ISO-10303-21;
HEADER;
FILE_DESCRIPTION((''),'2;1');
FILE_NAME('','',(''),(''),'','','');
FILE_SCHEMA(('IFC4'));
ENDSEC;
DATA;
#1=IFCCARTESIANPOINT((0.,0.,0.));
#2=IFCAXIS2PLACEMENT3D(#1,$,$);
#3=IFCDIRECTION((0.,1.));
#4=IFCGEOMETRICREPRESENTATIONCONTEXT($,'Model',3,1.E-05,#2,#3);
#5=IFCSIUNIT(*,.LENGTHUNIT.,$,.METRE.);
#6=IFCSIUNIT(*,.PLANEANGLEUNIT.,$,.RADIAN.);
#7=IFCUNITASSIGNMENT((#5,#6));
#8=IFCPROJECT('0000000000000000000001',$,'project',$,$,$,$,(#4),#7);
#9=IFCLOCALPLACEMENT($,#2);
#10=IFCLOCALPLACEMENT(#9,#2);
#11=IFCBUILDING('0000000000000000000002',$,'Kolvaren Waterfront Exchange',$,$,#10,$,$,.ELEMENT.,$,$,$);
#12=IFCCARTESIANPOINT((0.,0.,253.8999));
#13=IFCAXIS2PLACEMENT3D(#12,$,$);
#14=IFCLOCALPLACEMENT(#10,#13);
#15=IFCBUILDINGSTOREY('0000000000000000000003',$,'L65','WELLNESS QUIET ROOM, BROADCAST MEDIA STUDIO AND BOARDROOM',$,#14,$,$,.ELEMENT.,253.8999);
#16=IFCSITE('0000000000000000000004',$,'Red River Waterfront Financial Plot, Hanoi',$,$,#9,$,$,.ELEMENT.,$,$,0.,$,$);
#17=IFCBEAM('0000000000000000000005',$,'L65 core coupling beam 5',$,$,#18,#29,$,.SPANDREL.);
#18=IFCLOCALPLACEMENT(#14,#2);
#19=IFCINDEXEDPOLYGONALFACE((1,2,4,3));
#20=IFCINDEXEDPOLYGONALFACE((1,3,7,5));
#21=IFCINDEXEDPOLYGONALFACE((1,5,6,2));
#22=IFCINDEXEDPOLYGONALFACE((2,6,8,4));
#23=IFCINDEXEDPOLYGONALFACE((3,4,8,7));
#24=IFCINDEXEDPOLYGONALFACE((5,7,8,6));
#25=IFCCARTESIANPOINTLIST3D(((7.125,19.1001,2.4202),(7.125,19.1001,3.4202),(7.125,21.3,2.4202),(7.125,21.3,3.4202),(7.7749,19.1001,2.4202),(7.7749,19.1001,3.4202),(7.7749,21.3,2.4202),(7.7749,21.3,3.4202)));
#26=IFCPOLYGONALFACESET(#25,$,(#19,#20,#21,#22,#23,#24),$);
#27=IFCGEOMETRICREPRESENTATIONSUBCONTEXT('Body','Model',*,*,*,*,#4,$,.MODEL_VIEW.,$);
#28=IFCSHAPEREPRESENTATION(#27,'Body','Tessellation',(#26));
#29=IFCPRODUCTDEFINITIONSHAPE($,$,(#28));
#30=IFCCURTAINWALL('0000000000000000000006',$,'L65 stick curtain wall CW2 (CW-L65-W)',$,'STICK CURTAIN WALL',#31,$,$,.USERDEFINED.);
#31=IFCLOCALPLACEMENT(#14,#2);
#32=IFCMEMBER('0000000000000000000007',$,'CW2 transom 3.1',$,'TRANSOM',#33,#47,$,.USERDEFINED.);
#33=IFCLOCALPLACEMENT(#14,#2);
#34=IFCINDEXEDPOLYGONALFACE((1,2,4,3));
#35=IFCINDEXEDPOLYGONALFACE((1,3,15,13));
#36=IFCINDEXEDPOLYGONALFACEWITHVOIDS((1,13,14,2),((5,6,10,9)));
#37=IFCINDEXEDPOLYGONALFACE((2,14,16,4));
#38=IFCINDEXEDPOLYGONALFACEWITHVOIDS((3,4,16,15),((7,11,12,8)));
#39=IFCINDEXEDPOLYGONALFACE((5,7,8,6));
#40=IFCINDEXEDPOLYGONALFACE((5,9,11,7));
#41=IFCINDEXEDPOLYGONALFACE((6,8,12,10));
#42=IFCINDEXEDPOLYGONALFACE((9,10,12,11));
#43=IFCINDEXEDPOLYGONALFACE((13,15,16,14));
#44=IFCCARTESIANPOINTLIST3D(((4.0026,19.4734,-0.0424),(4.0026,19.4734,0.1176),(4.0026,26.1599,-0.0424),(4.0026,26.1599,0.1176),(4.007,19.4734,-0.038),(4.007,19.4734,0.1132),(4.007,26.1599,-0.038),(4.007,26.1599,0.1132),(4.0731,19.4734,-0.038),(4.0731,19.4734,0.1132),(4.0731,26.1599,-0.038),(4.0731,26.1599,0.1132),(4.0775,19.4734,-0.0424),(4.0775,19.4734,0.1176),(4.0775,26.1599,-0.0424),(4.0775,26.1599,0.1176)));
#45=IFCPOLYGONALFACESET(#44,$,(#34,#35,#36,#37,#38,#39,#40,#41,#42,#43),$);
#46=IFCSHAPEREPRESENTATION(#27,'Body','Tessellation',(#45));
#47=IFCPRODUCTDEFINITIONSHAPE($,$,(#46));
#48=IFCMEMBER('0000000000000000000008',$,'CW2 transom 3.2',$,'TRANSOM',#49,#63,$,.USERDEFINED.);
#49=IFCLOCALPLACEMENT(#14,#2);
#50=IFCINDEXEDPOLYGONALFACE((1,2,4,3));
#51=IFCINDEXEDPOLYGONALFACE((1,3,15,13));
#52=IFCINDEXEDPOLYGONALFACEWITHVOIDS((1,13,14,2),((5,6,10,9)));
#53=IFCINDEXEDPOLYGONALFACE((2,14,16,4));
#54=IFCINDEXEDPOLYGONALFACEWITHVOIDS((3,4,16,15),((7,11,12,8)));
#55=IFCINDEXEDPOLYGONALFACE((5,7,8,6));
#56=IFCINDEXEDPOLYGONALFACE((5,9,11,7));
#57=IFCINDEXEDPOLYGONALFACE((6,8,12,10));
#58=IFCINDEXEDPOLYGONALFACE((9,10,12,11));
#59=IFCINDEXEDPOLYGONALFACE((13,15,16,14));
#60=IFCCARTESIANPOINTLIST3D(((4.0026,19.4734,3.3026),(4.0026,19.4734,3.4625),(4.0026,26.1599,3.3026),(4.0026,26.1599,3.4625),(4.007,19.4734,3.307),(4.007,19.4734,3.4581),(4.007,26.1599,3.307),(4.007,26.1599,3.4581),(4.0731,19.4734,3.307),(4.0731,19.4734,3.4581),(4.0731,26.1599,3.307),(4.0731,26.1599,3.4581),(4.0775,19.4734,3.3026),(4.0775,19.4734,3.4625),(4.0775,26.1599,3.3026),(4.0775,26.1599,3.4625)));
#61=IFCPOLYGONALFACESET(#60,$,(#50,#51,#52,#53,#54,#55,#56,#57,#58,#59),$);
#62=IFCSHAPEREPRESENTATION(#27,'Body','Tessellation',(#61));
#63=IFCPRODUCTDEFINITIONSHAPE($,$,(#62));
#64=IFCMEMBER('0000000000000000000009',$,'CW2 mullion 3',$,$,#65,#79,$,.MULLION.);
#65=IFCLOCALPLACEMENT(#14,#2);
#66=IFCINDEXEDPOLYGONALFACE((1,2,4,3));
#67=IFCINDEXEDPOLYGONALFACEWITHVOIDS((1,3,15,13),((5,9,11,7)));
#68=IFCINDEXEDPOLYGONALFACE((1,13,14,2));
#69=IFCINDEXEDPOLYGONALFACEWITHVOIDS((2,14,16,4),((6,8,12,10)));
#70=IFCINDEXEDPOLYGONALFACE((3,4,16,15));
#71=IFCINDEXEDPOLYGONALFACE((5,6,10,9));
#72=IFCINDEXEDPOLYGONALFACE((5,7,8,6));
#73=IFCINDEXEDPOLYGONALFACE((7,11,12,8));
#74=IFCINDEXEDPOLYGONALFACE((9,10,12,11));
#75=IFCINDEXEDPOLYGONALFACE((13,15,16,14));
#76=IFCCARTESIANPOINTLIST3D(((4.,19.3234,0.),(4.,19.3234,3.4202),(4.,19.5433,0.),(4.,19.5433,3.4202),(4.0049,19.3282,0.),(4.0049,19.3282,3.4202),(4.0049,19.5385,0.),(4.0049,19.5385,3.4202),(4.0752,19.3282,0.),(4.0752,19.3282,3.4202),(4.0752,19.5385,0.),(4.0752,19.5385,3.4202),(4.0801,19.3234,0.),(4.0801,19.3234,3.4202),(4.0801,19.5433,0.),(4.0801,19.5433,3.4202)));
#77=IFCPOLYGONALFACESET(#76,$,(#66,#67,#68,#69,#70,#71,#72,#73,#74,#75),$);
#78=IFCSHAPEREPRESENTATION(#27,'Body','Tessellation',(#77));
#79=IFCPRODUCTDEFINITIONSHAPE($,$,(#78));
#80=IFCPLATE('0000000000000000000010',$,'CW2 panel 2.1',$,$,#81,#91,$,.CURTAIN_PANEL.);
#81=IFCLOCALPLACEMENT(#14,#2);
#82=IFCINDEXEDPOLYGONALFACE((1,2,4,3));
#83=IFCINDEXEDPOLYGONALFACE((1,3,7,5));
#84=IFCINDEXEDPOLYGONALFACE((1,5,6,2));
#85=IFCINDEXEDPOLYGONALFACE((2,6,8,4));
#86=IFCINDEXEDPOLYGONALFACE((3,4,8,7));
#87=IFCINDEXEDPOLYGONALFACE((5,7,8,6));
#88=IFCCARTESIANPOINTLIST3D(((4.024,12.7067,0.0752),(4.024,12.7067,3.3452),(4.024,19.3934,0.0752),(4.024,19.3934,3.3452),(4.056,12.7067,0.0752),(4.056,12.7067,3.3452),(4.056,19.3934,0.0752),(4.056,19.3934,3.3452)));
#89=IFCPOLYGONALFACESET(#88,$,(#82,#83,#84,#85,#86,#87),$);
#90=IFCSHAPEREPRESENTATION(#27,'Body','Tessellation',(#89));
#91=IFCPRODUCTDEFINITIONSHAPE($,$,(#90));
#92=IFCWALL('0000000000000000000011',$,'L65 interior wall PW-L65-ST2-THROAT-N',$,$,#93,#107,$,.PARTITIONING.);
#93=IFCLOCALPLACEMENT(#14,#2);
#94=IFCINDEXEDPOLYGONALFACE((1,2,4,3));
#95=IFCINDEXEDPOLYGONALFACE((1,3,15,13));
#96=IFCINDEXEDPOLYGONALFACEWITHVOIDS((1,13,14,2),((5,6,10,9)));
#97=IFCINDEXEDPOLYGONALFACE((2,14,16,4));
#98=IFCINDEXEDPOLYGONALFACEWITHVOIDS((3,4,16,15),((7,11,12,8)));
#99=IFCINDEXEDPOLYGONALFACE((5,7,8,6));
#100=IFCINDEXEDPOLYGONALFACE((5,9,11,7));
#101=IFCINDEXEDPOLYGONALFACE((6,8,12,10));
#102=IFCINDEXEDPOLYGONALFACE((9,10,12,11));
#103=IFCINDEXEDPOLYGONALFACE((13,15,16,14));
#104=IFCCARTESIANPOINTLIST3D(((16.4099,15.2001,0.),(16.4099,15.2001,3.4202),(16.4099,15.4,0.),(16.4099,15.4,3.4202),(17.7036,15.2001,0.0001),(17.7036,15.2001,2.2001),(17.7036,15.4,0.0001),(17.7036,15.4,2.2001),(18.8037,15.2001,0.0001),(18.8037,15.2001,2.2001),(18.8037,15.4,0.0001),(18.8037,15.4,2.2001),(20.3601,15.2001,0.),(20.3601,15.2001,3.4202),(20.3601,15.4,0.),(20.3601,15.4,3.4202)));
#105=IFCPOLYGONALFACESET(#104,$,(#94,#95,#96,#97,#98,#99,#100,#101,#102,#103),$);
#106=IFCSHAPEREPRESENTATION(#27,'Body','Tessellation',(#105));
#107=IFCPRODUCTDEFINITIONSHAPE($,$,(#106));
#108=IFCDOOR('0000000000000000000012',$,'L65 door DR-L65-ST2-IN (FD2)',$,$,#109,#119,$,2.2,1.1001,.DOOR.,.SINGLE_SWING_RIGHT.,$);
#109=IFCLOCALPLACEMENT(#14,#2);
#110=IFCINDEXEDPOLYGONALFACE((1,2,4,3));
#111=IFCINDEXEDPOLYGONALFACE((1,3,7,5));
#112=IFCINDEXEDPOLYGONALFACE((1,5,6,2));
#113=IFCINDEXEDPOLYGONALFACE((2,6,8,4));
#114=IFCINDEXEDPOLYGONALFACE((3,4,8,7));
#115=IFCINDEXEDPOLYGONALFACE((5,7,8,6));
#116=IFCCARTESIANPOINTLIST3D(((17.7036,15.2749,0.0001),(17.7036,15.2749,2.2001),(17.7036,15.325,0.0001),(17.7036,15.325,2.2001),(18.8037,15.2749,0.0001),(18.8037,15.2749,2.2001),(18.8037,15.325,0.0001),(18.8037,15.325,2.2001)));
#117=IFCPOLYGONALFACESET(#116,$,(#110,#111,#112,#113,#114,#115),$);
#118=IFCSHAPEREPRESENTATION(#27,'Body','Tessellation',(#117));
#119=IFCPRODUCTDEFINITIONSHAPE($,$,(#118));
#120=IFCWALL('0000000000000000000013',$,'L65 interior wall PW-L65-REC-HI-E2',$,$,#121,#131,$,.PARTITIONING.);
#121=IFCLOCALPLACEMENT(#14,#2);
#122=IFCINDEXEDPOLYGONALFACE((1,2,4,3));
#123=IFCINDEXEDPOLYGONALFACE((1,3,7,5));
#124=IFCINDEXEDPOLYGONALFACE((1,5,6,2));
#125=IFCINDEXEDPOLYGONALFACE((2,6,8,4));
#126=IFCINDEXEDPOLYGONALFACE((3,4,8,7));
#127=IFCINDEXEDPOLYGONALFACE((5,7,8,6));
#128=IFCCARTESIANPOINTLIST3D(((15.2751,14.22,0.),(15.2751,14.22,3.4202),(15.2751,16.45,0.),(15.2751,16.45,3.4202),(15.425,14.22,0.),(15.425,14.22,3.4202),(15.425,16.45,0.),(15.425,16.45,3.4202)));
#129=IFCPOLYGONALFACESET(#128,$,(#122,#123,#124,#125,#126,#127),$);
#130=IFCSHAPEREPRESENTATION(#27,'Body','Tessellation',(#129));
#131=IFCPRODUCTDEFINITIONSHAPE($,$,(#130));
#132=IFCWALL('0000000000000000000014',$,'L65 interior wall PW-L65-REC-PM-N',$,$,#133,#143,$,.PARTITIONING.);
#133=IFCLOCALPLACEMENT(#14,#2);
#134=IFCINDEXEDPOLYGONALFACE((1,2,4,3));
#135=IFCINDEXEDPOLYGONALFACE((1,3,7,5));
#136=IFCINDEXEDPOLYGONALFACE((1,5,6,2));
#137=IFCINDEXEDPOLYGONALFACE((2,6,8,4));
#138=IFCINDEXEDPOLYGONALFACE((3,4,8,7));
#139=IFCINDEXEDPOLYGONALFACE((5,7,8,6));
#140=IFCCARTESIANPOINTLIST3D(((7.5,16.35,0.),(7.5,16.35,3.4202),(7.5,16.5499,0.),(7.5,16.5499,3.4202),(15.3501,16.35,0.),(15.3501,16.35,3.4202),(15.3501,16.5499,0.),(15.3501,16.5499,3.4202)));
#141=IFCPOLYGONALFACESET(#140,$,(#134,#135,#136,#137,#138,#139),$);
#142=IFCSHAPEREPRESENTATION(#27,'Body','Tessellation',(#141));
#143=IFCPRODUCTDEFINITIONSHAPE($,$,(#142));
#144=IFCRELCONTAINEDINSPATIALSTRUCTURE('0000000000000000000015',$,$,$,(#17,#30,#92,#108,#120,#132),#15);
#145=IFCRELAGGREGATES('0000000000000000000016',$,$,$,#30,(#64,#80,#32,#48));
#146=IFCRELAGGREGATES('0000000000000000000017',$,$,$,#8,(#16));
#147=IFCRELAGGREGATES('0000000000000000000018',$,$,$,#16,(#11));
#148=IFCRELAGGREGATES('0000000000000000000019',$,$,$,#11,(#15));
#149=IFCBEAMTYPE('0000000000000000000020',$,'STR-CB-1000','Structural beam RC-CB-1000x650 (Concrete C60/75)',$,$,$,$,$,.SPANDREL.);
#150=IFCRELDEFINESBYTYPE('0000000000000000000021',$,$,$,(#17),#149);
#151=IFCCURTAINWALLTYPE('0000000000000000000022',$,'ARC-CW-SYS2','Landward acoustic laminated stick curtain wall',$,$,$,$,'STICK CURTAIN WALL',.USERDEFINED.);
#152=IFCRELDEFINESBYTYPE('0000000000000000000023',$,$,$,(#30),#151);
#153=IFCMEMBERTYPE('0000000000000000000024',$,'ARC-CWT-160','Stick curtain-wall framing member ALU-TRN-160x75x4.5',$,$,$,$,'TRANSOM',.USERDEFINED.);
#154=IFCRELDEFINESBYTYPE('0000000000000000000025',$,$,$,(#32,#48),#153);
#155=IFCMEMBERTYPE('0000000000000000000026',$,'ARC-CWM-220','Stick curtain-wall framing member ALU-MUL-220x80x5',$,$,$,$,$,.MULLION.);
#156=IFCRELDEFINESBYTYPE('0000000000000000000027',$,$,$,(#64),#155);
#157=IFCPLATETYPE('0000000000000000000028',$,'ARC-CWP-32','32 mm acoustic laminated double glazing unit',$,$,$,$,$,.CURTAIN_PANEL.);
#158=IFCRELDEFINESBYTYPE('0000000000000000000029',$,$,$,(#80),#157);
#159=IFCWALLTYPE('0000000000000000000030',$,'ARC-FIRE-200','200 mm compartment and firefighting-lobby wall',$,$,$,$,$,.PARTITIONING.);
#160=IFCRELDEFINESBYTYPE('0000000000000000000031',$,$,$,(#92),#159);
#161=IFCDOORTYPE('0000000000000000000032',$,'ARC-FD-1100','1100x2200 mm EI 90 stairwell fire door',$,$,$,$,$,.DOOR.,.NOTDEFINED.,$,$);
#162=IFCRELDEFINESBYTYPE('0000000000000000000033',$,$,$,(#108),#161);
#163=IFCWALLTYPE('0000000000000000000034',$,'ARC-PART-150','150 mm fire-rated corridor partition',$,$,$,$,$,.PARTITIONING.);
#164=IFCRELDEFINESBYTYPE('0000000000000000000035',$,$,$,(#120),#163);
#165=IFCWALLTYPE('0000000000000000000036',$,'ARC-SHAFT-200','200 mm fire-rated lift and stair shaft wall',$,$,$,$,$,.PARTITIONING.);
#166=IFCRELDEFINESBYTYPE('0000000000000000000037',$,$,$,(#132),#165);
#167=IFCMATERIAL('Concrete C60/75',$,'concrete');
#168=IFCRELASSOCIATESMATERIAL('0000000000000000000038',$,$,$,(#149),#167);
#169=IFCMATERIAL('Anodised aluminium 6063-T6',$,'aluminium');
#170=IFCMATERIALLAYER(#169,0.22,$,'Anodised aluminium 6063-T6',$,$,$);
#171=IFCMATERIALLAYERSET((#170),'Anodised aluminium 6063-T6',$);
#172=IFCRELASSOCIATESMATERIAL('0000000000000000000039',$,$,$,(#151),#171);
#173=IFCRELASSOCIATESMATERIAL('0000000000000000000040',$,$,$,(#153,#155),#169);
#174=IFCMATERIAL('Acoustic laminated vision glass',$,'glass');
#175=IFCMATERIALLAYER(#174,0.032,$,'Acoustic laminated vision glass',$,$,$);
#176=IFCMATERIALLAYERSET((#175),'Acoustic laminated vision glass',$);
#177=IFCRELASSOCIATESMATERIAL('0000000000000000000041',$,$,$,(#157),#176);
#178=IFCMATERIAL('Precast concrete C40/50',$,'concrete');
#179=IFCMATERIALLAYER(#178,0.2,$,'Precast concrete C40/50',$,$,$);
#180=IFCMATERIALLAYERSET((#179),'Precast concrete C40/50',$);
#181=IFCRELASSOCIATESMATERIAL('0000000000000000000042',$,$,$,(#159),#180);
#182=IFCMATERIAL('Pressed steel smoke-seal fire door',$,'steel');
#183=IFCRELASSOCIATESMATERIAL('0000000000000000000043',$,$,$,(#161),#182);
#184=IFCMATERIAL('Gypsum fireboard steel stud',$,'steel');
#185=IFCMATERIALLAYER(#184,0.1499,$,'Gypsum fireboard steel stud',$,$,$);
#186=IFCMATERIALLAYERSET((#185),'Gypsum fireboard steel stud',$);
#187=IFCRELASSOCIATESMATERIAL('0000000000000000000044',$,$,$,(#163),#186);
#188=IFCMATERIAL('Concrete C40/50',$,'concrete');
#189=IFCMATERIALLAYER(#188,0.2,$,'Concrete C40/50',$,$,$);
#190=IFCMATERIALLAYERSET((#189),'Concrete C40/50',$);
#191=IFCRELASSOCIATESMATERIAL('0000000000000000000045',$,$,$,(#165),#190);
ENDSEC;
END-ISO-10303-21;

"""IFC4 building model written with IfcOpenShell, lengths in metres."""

from ifc_helpers import new_model, si_unit, direction, frame, frame_2d, origin, origin_with_axes, origin_2d, place, context, subcontext, project, spatial, rectangle, hollow_rectangle, extrude, source, transform, mapped, material, layer, layer_set, material_profile, profile_set, type_object, element, fill, aggregate, save


model = new_model("IFC4")

# Units and contexts
model_context = context("Model", 3, precision=1e-05, world=origin(), true_north=direction((0.0, 1.0)))
body_context = subcontext(model_context, "Body", "Model", "MODEL_VIEW")
ifc_project = project(units=[si_unit("LENGTHUNIT", "METRE"), si_unit("PLANEANGLEUNIT", "RADIAN")], contexts=[model_context])

# Site, building, storey
site_placement = place(None, origin())
site = spatial("IfcSite", under=ifc_project, at=site_placement, Name="Red River Waterfront Financial Plot, Hanoi", CompositionType="ELEMENT", RefElevation=0.0)
building_placement = place(site_placement, origin())
building = spatial("IfcBuilding", under=site, at=building_placement, Name="Kolvaren Waterfront Exchange", CompositionType="ELEMENT")
storey_placement = place(building_placement, frame((0.0, 0.0, 253.8999)))
storey = spatial("IfcBuildingStorey", under=building, at=storey_placement, Name="L65", Description="WELLNESS QUIET ROOM, BROADCAST MEDIA STUDIO AND BOARDROOM", CompositionType="ELEMENT", Elevation=253.8999)

# Beam
ifc_material_1 = material(Name="Concrete C60/75", Category="concrete")
ifc_material_profile_1 = material_profile(ifc_material_1, rectangle(XDim=0.6499, YDim=1.0, at=origin_2d()), Name="RC-CB-1000x650")
ifc_profile_set_1 = profile_set([ifc_material_profile_1], Name="Concrete C60/75")
beam_type = type_object("IfcBeamType", Name="STR-CB-1000", Description="Structural beam RC-CB-1000x650 (Concrete C60/75)", PredefinedType="SPANDREL", material=ifc_profile_set_1)
beam_placement = place(storey_placement, frame((7.45, 19.1001, 2.9202), z_axis=(0.0, 1.0, 0.0), x_axis=(-1.0, 0.0, 0.0)))
element("IfcBeam", 1, at=beam_placement, inside=storey, type_object=beam_type, Name="L65 core coupling beam 5", PredefinedType="SPANDREL", context=body_context, shape_type="SweptSolid", body=[
    extrude(rectangle(XDim=0.6499, YDim=1.0, at=origin_2d()), origin(), (0.0, 0.0, 1.0), 2.2),
])

# Curtain wall, members, plate
ifc_material_2 = material(Name="Anodised aluminium 6063-T6", Category="aluminium")
ifc_layer_1 = layer(ifc_material_2, 0.22, Name="Anodised aluminium 6063-T6")
ifc_layer_set_1 = layer_set([ifc_layer_1], Name="Anodised aluminium 6063-T6")
curtain_wall_type = type_object("IfcCurtainWallType", Name="ARC-CW-SYS2", Description="Landward acoustic laminated stick curtain wall", ElementType="STICK CURTAIN WALL", PredefinedType="USERDEFINED", material=ifc_layer_set_1)
curtain_wall_placement = place(storey_placement, origin())
curtain_wall = element("IfcCurtainWall", 2, at=curtain_wall_placement, inside=storey, type_object=curtain_wall_type, Name="L65 stick curtain wall CW2 (CW-L65-W)", ObjectType="STICK CURTAIN WALL", PredefinedType="USERDEFINED")
ifc_material_profile_2 = material_profile(ifc_material_2, hollow_rectangle(XDim=0.075, YDim=0.1599, WallThickness=0.0044, at=origin_2d()), Name="ALU-TRN-160x75x4.5")
ifc_profile_set_2 = profile_set([ifc_material_profile_2], Name="Anodised aluminium 6063-T6")
member_type_1 = type_object("IfcMemberType", Name="ARC-CWT-160", Description="Stick curtain-wall framing member ALU-TRN-160x75x4.5", ElementType="TRANSOM", PredefinedType="USERDEFINED", material=ifc_profile_set_2)
shared_shape_1 = source(origin_with_axes(), body_context, "Body", "SweptSolid", [
    extrude(hollow_rectangle(XDim=0.075, YDim=0.1599, WallThickness=0.0044, at=origin_2d()), origin(), (0.0, 0.0, 1.0), 6.6865),
])
member_1_placement = place(storey_placement, frame((4.04, 19.4734, 0.0376), z_axis=(0.0, 1.0, 0.0), x_axis=(-1.0, 0.0, 0.0)))
member_1 = element("IfcMember", 3, at=member_1_placement, type_object=member_type_1, Name="CW2 transom 3.1", ObjectType="TRANSOM", PredefinedType="USERDEFINED", context=body_context, shape_type="MappedRepresentation", body=[
    mapped(shared_shape_1, transform((0.0, 0.0, 0.0), x_axis=(1.0, 0.0, 0.0), y_axis=(0.0, 1.0, 0.0), z_axis=(0.0, 0.0, 1.0), scale=1.0)),
])
member_2_placement = place(storey_placement, frame((4.04, 19.4734, 3.3826), z_axis=(0.0, 1.0, 0.0), x_axis=(-1.0, 0.0, 0.0)))
member_2 = element("IfcMember", 4, at=member_2_placement, type_object=member_type_1, Name="CW2 transom 3.2", ObjectType="TRANSOM", PredefinedType="USERDEFINED", context=body_context, shape_type="MappedRepresentation", body=[
    mapped(shared_shape_1, transform((0.0, 0.0, 0.0), x_axis=(1.0, 0.0, 0.0), y_axis=(0.0, 1.0, 0.0), z_axis=(0.0, 0.0, 1.0), scale=1.0)),
])
ifc_material_profile_3 = material_profile(ifc_material_2, hollow_rectangle(XDim=0.0801, YDim=0.22, WallThickness=0.0049, at=origin_2d()), Name="ALU-MUL-220x80x5")
ifc_profile_set_3 = profile_set([ifc_material_profile_3], Name="Anodised aluminium 6063-T6")
member_type_2 = type_object("IfcMemberType", Name="ARC-CWM-220", Description="Stick curtain-wall framing member ALU-MUL-220x80x5", PredefinedType="MULLION", material=ifc_profile_set_3)
shared_shape_2 = source(origin_with_axes(), body_context, "Body", "SweptSolid", [
    extrude(hollow_rectangle(XDim=0.0801, YDim=0.22, WallThickness=0.0049, at=origin_2d()), origin(), (0.0, 0.0, 1.0), 3.4202),
])
member_3_placement = place(storey_placement, frame((4.04, 19.4333, 0.0), z_axis=(0.0, 0.0, 1.0), x_axis=(-1.0, 0.0, 0.0)))
member_3 = element("IfcMember", 5, at=member_3_placement, type_object=member_type_2, Name="CW2 mullion 3", PredefinedType="MULLION", context=body_context, shape_type="MappedRepresentation", body=[
    mapped(shared_shape_2, transform((0.0, 0.0, 0.0), x_axis=(1.0, 0.0, 0.0), y_axis=(0.0, 1.0, 0.0), z_axis=(0.0, 0.0, 1.0), scale=1.0)),
])
ifc_material_3 = material(Name="Acoustic laminated vision glass", Category="glass")
ifc_layer_2 = layer(ifc_material_3, 0.032, Name="Acoustic laminated vision glass")
ifc_layer_set_2 = layer_set([ifc_layer_2], Name="Acoustic laminated vision glass")
plate_type = type_object("IfcPlateType", Name="ARC-CWP-32", Description="32 mm acoustic laminated double glazing unit", PredefinedType="CURTAIN_PANEL", material=ifc_layer_set_2)
shared_shape_3 = source(origin_with_axes(), body_context, "Body", "SweptSolid", [
    extrude(rectangle(XDim=6.6868, YDim=0.032, at=origin_2d()), origin(), (0.0, 0.0, 1.0), 3.27),
])
plate_placement = place(storey_placement, frame((4.04, 16.05, 0.0752), z_axis=(0.0, 0.0, 1.0), x_axis=(0.0, 1.0, 0.0)))
plate = element("IfcPlate", 6, at=plate_placement, type_object=plate_type, Name="CW2 panel 2.1", PredefinedType="CURTAIN_PANEL", context=body_context, shape_type="MappedRepresentation", body=[
    mapped(shared_shape_3, transform((0.0, 0.0, 0.0), x_axis=(1.0, 0.0, 0.0), y_axis=(0.0, 1.0, 0.0), z_axis=(0.0, 0.0, 1.0), scale=1.0)),
])
aggregate(curtain_wall, [member_3, plate, member_1, member_2])

# Wall, opening, door
ifc_material_4 = material(Name="Precast concrete C40/50", Category="concrete")
ifc_layer_3 = layer(ifc_material_4, 0.2, Name="Precast concrete C40/50")
ifc_layer_set_3 = layer_set([ifc_layer_3], Name="Precast concrete C40/50")
wall_type_1 = type_object("IfcWallType", Name="ARC-FIRE-200", Description="200 mm compartment and firefighting-lobby wall", PredefinedType="PARTITIONING", material=ifc_layer_set_3)
wall_1_placement = place(storey_placement, frame((16.4099, 15.3, 0.0), z_axis=(0.0, 0.0, 1.0), x_axis=(1.0, 0.0, 0.0)))
wall_1 = element("IfcWall", 7, at=wall_1_placement, inside=storey, type_object=wall_type_1, Name="L65 interior wall PW-L65-ST2-THROAT-N", PredefinedType="PARTITIONING", context=body_context, shape_type="SweptSolid", body=[
    extrude(rectangle(XDim=3.9502, YDim=0.2, at=frame_2d((1.9751, 0.0))), origin(), (0.0, 0.0, 1.0), 3.4202),
])
opening_1_placement = place(wall_1_placement, frame((1.2937, 0.0, 0.0)))
opening_1 = element("IfcOpeningElement", 8, at=opening_1_placement, cuts=wall_1, PredefinedType="OPENING", context=body_context, shape_type="SweptSolid", body=[
    extrude(rectangle(XDim=1.1001, YDim=2.2, at=frame_2d((0.55, 1.1001))), frame((0.0, 0.1099, 0.0), z_axis=(0.0, -1.0, 0.0), x_axis=(1.0, 0.0, 0.0)), (0.0, 0.0, 1.0), 0.22),
])
ifc_material_5 = material(Name="Pressed steel smoke-seal fire door", Category="steel")
door_type_1 = type_object("IfcDoorType", Name="ARC-FD-1100", Description="1100x2200 mm EI 90 stairwell fire door", OperationType="NOTDEFINED", PredefinedType="DOOR", material=ifc_material_5)
door_1_placement = place(opening_1_placement, origin())
door_1 = element("IfcDoor", 9, at=door_1_placement, inside=storey, type_object=door_type_1, Name="L65 door DR-L65-ST2-IN (FD2)", OperationType="SINGLE_SWING_RIGHT", OverallHeight=2.2, OverallWidth=1.1001, PredefinedType="DOOR", context=body_context, shape_type="SweptSolid", body=[
    extrude(rectangle(XDim=1.1001, YDim=2.2, at=frame_2d((0.55, 1.1001))), frame((0.0, 0.0249, 0.0), z_axis=(0.0, -1.0, 0.0), x_axis=(1.0, 0.0, 0.0)), (0.0, 0.0, 1.0), 0.05),
])
fill(opening_1, door_1)

# Walls
ifc_material_6 = material(Name="Gypsum fireboard steel stud", Category="steel")
ifc_layer_4 = layer(ifc_material_6, 0.1499, Name="Gypsum fireboard steel stud")
ifc_layer_set_4 = layer_set([ifc_layer_4], Name="Gypsum fireboard steel stud")
wall_type_2 = type_object("IfcWallType", Name="ARC-PART-150", Description="150 mm fire-rated corridor partition", PredefinedType="PARTITIONING", material=ifc_layer_set_4)
wall_2_placement = place(storey_placement, frame((15.3501, 14.22, 0.0), z_axis=(0.0, 0.0, 1.0), x_axis=(0.0, 1.0, 0.0)))
element("IfcWall", 10, at=wall_2_placement, inside=storey, type_object=wall_type_2, Name="L65 interior wall PW-L65-REC-HI-E2", PredefinedType="PARTITIONING", context=body_context, shape_type="SweptSolid", body=[
    extrude(rectangle(XDim=2.23, YDim=0.1499, at=frame_2d((1.115, 0.0))), origin(), (0.0, 0.0, 1.0), 3.4202),
])
ifc_material_7 = material(Name="Concrete C40/50", Category="concrete")
ifc_layer_5 = layer(ifc_material_7, 0.2, Name="Concrete C40/50")
ifc_layer_set_5 = layer_set([ifc_layer_5], Name="Concrete C40/50")
wall_type_3 = type_object("IfcWallType", Name="ARC-SHAFT-200", Description="200 mm fire-rated lift and stair shaft wall", PredefinedType="PARTITIONING", material=ifc_layer_set_5)
wall_3_placement = place(storey_placement, frame((7.5, 16.45, 0.0), z_axis=(0.0, 0.0, 1.0), x_axis=(1.0, 0.0, 0.0)))
element("IfcWall", 11, at=wall_3_placement, inside=storey, type_object=wall_type_3, Name="L65 interior wall PW-L65-REC-PM-N", PredefinedType="PARTITIONING", context=body_context, shape_type="SweptSolid", body=[
    extrude(rectangle(XDim=7.8501, YDim=0.2, at=frame_2d((3.925, 0.0))), origin(), (0.0, 0.0, 1.0), 3.4202),
])

save(model, "model.ifc")
